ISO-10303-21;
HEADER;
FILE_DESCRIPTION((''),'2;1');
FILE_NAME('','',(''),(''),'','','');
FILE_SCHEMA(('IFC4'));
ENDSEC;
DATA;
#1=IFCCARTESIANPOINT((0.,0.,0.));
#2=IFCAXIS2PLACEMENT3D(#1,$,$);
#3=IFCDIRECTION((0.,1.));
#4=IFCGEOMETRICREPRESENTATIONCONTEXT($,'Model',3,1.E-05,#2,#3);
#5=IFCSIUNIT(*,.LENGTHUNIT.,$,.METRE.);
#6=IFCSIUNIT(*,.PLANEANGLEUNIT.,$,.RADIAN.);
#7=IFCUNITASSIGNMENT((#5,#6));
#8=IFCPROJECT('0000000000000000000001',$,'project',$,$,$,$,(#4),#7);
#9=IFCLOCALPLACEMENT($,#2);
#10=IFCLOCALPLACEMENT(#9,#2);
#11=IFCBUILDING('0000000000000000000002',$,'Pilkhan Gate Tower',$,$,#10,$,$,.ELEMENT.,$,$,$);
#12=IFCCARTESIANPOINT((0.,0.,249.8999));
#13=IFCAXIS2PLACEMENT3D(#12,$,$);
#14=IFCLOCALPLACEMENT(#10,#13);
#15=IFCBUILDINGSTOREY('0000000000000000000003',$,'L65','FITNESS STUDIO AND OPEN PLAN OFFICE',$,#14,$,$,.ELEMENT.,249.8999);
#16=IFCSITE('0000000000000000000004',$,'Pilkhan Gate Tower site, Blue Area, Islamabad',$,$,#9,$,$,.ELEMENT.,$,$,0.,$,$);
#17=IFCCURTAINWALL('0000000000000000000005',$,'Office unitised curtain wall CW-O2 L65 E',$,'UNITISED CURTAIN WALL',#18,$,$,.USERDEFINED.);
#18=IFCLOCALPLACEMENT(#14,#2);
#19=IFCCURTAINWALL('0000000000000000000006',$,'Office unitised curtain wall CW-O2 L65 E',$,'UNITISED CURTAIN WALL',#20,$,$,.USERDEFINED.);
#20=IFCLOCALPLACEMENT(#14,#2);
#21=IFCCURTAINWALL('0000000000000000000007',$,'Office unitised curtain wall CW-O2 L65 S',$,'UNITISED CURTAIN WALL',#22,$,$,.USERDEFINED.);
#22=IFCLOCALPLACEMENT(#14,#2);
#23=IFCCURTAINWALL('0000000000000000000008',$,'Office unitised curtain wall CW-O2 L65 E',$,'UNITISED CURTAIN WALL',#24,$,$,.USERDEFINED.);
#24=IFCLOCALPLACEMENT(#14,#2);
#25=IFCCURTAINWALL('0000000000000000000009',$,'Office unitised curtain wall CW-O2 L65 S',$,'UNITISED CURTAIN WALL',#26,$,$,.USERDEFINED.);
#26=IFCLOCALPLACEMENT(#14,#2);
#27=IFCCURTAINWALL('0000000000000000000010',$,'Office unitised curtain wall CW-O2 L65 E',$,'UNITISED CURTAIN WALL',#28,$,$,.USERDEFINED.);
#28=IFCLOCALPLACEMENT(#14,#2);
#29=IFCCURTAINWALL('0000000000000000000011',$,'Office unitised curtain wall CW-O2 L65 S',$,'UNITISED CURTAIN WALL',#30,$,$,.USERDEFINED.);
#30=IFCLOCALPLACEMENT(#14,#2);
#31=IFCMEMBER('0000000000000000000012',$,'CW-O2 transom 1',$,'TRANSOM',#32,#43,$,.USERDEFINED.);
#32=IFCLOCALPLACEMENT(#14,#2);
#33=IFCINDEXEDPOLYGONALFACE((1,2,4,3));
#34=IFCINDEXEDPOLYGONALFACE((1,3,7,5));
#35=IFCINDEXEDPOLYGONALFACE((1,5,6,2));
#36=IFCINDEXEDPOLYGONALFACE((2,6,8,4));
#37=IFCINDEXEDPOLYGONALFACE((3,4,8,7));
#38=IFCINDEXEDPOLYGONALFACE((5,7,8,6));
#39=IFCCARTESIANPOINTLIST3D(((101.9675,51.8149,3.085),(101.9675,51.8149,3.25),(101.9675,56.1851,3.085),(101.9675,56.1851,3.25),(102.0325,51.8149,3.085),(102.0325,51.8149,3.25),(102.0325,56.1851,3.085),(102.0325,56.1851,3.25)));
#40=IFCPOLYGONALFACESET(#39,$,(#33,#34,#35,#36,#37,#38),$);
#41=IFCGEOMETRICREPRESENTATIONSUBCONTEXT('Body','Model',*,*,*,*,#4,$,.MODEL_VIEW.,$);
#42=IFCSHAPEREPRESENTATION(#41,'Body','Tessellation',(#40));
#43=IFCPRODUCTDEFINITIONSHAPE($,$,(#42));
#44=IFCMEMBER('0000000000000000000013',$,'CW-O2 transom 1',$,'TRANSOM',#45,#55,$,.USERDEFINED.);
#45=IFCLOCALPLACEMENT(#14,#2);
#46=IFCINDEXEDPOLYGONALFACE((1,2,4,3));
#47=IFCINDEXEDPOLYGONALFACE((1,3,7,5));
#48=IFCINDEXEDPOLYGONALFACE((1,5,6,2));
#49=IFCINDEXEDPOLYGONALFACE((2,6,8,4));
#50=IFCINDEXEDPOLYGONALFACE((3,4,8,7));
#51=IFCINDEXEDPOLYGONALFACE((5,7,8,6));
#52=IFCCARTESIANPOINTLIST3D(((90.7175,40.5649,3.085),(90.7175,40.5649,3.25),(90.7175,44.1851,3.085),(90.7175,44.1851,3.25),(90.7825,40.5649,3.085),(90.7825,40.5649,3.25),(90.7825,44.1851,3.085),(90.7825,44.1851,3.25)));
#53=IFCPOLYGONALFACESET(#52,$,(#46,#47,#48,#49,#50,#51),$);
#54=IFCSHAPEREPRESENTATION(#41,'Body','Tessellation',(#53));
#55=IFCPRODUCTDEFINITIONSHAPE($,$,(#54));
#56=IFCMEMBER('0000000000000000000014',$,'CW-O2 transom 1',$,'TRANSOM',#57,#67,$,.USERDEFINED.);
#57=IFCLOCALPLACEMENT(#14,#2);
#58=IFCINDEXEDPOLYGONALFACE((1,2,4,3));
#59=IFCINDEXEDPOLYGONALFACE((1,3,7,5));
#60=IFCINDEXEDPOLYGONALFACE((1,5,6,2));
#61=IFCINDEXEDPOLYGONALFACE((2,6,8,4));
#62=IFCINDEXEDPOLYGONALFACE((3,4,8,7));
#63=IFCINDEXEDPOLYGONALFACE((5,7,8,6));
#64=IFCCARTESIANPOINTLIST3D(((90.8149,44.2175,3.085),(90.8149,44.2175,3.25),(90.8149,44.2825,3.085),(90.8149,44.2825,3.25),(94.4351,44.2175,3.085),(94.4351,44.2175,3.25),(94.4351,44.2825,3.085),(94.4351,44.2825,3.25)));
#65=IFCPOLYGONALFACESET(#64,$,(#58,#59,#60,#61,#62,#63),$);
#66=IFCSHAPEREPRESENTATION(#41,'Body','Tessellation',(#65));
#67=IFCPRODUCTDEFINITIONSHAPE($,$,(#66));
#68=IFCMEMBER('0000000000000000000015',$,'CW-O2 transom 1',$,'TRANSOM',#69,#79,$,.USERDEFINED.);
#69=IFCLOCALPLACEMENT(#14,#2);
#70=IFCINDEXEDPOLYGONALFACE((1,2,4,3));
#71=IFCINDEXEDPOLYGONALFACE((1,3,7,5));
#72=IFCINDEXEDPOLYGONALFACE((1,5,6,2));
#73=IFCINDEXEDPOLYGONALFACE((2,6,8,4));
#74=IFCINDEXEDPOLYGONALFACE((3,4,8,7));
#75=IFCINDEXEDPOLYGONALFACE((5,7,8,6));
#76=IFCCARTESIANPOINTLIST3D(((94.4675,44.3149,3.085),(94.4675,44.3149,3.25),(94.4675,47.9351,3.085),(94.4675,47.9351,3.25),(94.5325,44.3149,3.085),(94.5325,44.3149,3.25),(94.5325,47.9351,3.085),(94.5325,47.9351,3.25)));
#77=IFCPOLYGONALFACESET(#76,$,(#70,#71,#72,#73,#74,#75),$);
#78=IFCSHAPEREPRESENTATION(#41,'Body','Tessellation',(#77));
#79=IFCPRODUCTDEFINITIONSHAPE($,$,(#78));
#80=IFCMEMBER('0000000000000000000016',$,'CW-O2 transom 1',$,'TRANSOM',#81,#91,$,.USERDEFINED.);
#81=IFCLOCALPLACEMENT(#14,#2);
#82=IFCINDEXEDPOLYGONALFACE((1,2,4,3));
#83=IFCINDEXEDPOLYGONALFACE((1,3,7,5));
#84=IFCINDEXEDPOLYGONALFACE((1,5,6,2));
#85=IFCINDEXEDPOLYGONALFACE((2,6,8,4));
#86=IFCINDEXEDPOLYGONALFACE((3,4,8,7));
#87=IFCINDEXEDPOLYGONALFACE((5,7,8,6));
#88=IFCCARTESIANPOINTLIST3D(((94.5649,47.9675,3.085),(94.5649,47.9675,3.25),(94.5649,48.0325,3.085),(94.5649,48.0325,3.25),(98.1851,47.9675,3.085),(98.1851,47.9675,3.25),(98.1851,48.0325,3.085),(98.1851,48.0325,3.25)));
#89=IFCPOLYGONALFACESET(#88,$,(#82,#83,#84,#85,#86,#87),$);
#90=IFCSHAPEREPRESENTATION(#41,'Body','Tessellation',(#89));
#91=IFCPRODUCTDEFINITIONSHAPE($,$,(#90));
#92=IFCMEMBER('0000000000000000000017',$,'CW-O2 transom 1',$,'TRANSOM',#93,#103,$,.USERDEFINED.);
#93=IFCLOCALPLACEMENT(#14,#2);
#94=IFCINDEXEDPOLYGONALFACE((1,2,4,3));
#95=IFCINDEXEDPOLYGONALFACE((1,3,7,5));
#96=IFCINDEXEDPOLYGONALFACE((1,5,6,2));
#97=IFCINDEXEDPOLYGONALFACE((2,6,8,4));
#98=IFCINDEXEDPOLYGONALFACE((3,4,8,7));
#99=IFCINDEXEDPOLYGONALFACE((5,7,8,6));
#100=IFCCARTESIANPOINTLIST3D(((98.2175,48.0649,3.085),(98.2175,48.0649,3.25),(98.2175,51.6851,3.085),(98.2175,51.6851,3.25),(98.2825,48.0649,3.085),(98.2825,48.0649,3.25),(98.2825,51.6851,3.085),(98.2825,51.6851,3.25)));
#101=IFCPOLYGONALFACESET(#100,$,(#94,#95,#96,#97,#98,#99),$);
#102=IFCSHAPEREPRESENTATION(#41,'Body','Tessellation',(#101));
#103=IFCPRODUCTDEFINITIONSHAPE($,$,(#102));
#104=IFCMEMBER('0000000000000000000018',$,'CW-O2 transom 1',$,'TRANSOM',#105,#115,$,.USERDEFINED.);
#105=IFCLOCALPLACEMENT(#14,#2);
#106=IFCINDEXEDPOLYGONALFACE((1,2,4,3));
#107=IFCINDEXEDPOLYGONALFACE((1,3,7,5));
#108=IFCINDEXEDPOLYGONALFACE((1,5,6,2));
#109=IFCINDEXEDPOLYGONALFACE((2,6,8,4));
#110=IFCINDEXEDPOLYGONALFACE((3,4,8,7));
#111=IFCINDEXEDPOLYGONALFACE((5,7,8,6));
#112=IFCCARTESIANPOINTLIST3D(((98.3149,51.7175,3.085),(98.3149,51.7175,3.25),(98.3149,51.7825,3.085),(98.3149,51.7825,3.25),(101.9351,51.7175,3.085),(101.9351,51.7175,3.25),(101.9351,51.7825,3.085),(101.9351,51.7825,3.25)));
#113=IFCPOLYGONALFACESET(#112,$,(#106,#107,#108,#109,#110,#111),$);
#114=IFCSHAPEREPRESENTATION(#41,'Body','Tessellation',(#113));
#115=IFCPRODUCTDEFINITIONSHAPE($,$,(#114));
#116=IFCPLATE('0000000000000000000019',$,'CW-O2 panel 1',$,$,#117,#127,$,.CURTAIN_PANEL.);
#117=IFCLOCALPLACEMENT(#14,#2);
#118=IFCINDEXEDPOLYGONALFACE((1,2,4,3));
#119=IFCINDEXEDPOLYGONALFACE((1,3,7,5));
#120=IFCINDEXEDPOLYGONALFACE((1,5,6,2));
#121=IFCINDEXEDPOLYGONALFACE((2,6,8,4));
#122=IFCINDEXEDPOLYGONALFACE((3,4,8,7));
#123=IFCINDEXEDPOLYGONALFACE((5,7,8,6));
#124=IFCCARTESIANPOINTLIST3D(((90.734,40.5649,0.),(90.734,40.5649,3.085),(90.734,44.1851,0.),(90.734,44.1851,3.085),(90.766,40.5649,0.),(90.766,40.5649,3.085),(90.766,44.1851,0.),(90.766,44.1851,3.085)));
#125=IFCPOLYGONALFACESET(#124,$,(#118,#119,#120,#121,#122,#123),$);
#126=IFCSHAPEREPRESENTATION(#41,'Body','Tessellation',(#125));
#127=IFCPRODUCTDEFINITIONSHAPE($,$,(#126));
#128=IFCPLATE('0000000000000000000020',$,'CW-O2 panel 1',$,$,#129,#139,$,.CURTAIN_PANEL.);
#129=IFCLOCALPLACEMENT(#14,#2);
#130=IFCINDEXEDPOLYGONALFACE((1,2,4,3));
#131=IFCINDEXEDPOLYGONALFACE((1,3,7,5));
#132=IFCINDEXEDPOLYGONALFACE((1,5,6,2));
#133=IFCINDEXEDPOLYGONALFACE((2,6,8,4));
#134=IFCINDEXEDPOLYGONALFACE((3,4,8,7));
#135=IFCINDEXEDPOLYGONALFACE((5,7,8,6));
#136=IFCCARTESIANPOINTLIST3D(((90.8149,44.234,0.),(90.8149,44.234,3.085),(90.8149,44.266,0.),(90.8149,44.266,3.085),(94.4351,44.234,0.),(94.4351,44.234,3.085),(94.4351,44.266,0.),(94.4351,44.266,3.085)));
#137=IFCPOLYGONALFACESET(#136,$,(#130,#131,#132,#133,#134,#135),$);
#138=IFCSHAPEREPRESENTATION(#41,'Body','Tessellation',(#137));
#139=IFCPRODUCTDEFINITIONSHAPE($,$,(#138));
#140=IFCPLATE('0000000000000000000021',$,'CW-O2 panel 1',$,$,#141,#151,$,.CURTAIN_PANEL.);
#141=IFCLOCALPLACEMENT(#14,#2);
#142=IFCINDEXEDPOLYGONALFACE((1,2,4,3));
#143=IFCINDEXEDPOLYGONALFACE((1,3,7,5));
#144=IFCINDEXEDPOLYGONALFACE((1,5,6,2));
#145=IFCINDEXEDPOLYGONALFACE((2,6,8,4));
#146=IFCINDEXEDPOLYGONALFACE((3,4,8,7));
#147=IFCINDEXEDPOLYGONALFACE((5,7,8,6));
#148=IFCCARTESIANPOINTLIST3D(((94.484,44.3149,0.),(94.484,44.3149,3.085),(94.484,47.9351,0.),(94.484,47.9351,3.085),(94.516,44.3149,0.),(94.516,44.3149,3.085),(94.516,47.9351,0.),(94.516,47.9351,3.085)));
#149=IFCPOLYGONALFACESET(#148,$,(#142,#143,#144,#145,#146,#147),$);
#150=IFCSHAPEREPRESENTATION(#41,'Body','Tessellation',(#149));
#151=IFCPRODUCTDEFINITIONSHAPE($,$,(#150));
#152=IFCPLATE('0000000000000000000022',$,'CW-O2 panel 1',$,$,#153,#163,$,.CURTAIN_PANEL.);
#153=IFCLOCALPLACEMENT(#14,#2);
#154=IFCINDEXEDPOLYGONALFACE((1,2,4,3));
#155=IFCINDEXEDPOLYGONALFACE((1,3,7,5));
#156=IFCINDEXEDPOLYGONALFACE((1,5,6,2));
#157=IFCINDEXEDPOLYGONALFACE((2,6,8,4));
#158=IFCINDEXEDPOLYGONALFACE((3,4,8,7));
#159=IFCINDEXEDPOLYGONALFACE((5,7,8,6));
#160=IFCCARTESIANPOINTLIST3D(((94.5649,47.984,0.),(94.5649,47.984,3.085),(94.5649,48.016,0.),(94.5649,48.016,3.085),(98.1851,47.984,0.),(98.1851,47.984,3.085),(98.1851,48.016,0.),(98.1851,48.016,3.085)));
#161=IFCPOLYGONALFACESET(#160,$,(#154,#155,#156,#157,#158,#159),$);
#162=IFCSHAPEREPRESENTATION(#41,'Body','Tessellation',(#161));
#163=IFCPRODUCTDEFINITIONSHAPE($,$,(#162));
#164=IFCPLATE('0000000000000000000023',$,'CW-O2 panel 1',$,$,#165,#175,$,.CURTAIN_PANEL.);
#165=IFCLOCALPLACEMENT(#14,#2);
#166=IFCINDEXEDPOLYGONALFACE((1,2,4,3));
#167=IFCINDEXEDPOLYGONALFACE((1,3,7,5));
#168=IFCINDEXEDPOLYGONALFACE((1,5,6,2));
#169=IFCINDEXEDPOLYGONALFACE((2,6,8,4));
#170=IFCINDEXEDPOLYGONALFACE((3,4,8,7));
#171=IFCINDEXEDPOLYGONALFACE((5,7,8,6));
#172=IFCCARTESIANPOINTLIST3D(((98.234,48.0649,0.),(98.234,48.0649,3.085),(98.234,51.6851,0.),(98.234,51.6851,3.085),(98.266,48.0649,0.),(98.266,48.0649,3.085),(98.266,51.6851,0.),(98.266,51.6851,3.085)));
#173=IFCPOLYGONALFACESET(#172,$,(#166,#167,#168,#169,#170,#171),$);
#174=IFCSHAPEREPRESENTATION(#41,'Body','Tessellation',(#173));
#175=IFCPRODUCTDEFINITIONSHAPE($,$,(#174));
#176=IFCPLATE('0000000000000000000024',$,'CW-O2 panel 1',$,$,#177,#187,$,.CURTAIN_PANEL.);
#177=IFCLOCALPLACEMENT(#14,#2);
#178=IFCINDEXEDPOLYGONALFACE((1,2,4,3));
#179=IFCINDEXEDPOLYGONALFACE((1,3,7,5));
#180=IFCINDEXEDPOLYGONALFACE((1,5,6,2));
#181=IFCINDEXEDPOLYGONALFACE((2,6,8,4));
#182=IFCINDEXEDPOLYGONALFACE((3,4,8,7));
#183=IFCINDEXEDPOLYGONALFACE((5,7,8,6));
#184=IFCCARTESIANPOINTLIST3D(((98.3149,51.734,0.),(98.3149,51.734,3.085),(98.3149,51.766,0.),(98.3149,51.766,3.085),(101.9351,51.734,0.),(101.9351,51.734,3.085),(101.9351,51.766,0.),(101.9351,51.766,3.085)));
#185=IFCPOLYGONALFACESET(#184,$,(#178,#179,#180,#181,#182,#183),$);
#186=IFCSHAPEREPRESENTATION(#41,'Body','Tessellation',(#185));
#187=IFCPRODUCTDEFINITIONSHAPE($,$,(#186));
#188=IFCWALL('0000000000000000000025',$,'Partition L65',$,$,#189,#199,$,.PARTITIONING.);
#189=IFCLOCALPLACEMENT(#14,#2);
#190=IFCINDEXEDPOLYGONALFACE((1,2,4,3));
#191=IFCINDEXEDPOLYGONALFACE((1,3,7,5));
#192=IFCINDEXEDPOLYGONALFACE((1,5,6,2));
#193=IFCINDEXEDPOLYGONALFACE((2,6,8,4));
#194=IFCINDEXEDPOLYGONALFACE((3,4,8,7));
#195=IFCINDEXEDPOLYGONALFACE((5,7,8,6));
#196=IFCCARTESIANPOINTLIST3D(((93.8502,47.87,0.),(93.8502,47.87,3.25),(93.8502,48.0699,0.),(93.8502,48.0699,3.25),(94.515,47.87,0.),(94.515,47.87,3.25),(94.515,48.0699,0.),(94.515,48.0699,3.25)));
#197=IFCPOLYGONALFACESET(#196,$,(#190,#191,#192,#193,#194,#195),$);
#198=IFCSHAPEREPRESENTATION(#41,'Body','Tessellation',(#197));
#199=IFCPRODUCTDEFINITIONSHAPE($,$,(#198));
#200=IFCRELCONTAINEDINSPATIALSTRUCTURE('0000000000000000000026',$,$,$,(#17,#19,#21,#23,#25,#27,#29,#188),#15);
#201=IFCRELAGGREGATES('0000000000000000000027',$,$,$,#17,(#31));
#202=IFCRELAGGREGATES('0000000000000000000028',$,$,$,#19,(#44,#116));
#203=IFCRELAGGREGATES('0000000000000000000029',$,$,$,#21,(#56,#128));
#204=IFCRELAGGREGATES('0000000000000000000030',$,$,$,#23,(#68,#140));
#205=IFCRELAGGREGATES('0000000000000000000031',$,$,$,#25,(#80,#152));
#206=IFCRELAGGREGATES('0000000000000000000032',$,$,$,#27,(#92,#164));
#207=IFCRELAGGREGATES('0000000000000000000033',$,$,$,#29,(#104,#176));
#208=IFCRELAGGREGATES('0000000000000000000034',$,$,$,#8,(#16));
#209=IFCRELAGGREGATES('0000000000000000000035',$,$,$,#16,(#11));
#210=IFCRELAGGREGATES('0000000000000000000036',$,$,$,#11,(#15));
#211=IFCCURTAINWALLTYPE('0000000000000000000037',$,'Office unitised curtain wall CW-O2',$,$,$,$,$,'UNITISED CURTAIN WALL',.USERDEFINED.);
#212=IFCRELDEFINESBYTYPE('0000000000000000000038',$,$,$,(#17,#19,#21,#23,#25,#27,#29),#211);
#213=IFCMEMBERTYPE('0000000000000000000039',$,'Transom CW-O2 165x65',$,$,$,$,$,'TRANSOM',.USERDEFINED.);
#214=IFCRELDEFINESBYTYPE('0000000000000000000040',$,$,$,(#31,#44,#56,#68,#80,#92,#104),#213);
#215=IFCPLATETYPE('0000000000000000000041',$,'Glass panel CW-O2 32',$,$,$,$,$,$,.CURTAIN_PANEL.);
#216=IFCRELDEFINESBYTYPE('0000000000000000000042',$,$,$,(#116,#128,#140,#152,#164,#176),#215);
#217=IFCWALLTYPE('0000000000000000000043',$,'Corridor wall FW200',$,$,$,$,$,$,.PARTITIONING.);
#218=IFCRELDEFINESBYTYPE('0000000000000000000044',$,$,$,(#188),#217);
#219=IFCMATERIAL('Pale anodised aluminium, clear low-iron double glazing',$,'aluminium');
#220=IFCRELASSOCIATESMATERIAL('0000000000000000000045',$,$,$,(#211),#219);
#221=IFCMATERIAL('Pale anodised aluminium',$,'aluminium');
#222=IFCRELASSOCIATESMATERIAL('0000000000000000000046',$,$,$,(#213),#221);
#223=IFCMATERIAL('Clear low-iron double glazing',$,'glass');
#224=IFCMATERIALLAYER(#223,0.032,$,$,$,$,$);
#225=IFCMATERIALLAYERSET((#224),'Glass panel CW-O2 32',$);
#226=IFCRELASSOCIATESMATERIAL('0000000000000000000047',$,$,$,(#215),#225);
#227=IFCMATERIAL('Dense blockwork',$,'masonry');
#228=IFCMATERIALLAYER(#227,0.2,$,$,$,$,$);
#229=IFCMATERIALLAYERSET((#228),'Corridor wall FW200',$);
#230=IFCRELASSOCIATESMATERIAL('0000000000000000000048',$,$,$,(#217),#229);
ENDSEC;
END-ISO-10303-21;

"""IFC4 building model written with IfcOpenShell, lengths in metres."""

from ifc_helpers import new_model, si_unit, direction, frame, frame_2d, origin, origin_2d, place, context, subcontext, project, spatial, rectangle, extrude, material, layer, layer_set, material_profile, profile_set, type_object, element, aggregate, save


model = new_model("IFC4")

# Units and contexts
model_context = context("Model", 3, precision=1e-05, world=origin(), true_north=direction((0.0, 1.0)))
body_context = subcontext(model_context, "Body", "Model", "MODEL_VIEW")
ifc_project = project(units=[si_unit("LENGTHUNIT", "METRE"), si_unit("PLANEANGLEUNIT", "RADIAN")], contexts=[model_context])

# Site, building, storey
site_placement = place(None, origin())
site = spatial("IfcSite", under=ifc_project, at=site_placement, Name="Pilkhan Gate Tower site, Blue Area, Islamabad", CompositionType="ELEMENT", RefElevation=0.0)
building_placement = place(site_placement, origin())
building = spatial("IfcBuilding", under=site, at=building_placement, Name="Pilkhan Gate Tower", CompositionType="ELEMENT")
storey_placement = place(building_placement, frame((0.0, 0.0, 249.8999)))
storey = spatial("IfcBuildingStorey", under=building, at=storey_placement, Name="L65", Description="FITNESS STUDIO AND OPEN PLAN OFFICE", CompositionType="ELEMENT", Elevation=249.8999)

# Curtain walls
ifc_material_1 = material(Name="Pale anodised aluminium, clear low-iron double glazing", Category="aluminium")
curtain_wall_type = type_object("IfcCurtainWallType", Name="Office unitised curtain wall CW-O2", ElementType="UNITISED CURTAIN WALL", PredefinedType="USERDEFINED", material=ifc_material_1)
curtain_wall_1_placement = place(storey_placement, origin())
curtain_wall_1 = element("IfcCurtainWall", 1, at=curtain_wall_1_placement, inside=storey, type_object=curtain_wall_type, Name="Office unitised curtain wall CW-O2 L65 E", ObjectType="UNITISED CURTAIN WALL", PredefinedType="USERDEFINED")
ifc_material_2 = material(Name="Pale anodised aluminium", Category="aluminium")
curtain_wall_2_placement = place(storey_placement, origin())
curtain_wall_2 = element("IfcCurtainWall", 2, at=curtain_wall_2_placement, inside=storey, type_object=curtain_wall_type, Name="Office unitised curtain wall CW-O2 L65 E", ObjectType="UNITISED CURTAIN WALL", PredefinedType="USERDEFINED")

# Curtain walls
curtain_wall_3_placement = place(storey_placement, origin())
curtain_wall_3 = element("IfcCurtainWall", 3, at=curtain_wall_3_placement, inside=storey, type_object=curtain_wall_type, Name="Office unitised curtain wall CW-O2 L65 S", ObjectType="UNITISED CURTAIN WALL", PredefinedType="USERDEFINED")
curtain_wall_4_placement = place(storey_placement, origin())
curtain_wall_4 = element("IfcCurtainWall", 4, at=curtain_wall_4_placement, inside=storey, type_object=curtain_wall_type, Name="Office unitised curtain wall CW-O2 L65 E", ObjectType="UNITISED CURTAIN WALL", PredefinedType="USERDEFINED")
curtain_wall_5_placement = place(storey_placement, origin())
curtain_wall_5 = element("IfcCurtainWall", 5, at=curtain_wall_5_placement, inside=storey, type_object=curtain_wall_type, Name="Office unitised curtain wall CW-O2 L65 S", ObjectType="UNITISED CURTAIN WALL", PredefinedType="USERDEFINED")
curtain_wall_6_placement = place(storey_placement, origin())
curtain_wall_6 = element("IfcCurtainWall", 6, at=curtain_wall_6_placement, inside=storey, type_object=curtain_wall_type, Name="Office unitised curtain wall CW-O2 L65 E", ObjectType="UNITISED CURTAIN WALL", PredefinedType="USERDEFINED")
curtain_wall_7_placement = place(storey_placement, origin())
curtain_wall_7 = element("IfcCurtainWall", 7, at=curtain_wall_7_placement, inside=storey, type_object=curtain_wall_type, Name="Office unitised curtain wall CW-O2 L65 S", ObjectType="UNITISED CURTAIN WALL", PredefinedType="USERDEFINED")

# Members
ifc_material_profile_1 = material_profile(ifc_material_2, rectangle(XDim=0.0649, YDim=0.165, at=origin_2d()), Name="Transom 165x65")
ifc_profile_set_1 = profile_set([ifc_material_profile_1], Name="Pale anodised aluminium")
member_type_1 = type_object("IfcMemberType", Name="Transom CW-O2 165x65", ElementType="TRANSOM", PredefinedType="USERDEFINED", material=ifc_profile_set_1)
member_1_placement = place(storey_placement, frame((102.0, 51.8149, 3.1675), z_axis=(0.0, 1.0, 0.0), x_axis=(-1.0, 0.0, 0.0)))
member_1 = element("IfcMember", 8, at=member_1_placement, type_object=member_type_1, Name="CW-O2 transom 1", ObjectType="TRANSOM", PredefinedType="USERDEFINED", context=body_context, shape_type="SweptSolid", body=[
    extrude(rectangle(XDim=0.0649, YDim=0.165, at=origin_2d()), origin(), (0.0, 0.0, 1.0), 4.3701),
])
aggregate(curtain_wall_1, [member_1])
member_2_placement = place(storey_placement, frame((90.75, 40.5649, 3.1675), z_axis=(0.0, 1.0, 0.0), x_axis=(-1.0, 0.0, 0.0)))
member_2 = element("IfcMember", 9, at=member_2_placement, type_object=member_type_1, Name="CW-O2 transom 1", ObjectType="TRANSOM", PredefinedType="USERDEFINED", context=body_context, shape_type="SweptSolid", body=[
    extrude(rectangle(XDim=0.0649, YDim=0.165, at=origin_2d()), origin(), (0.0, 0.0, 1.0), 3.6201),
])
member_3_placement = place(storey_placement, frame((90.8149, 44.25, 3.1675), z_axis=(1.0, 0.0, 0.0), x_axis=(0.0, 1.0, 0.0)))
member_3 = element("IfcMember", 10, at=member_3_placement, type_object=member_type_1, Name="CW-O2 transom 1", ObjectType="TRANSOM", PredefinedType="USERDEFINED", context=body_context, shape_type="SweptSolid", body=[
    extrude(rectangle(XDim=0.0649, YDim=0.165, at=origin_2d()), origin(), (0.0, 0.0, 1.0), 3.6201),
])
member_4_placement = place(storey_placement, frame((94.5, 44.3149, 3.1675), z_axis=(0.0, 1.0, 0.0), x_axis=(-1.0, 0.0, 0.0)))
member_4 = element("IfcMember", 11, at=member_4_placement, type_object=member_type_1, Name="CW-O2 transom 1", ObjectType="TRANSOM", PredefinedType="USERDEFINED", context=body_context, shape_type="SweptSolid", body=[
    extrude(rectangle(XDim=0.0649, YDim=0.165, at=origin_2d()), origin(), (0.0, 0.0, 1.0), 3.6201),
])
member_5_placement = place(storey_placement, frame((94.5649, 48.0, 3.1675), z_axis=(1.0, 0.0, 0.0), x_axis=(0.0, 1.0, 0.0)))
member_5 = element("IfcMember", 12, at=member_5_placement, type_object=member_type_1, Name="CW-O2 transom 1", ObjectType="TRANSOM", PredefinedType="USERDEFINED", context=body_context, shape_type="SweptSolid", body=[
    extrude(rectangle(XDim=0.0649, YDim=0.165, at=origin_2d()), origin(), (0.0, 0.0, 1.0), 3.6201),
])
member_6_placement = place(storey_placement, frame((98.25, 48.0649, 3.1675), z_axis=(0.0, 1.0, 0.0), x_axis=(-1.0, 0.0, 0.0)))
member_6 = element("IfcMember", 13, at=member_6_placement, type_object=member_type_1, Name="CW-O2 transom 1", ObjectType="TRANSOM", PredefinedType="USERDEFINED", context=body_context, shape_type="SweptSolid", body=[
    extrude(rectangle(XDim=0.0649, YDim=0.165, at=origin_2d()), origin(), (0.0, 0.0, 1.0), 3.6201),
])
member_7_placement = place(storey_placement, frame((98.3149, 51.75, 3.1675), z_axis=(1.0, 0.0, 0.0), x_axis=(0.0, 1.0, 0.0)))
member_7 = element("IfcMember", 14, at=member_7_placement, type_object=member_type_1, Name="CW-O2 transom 1", ObjectType="TRANSOM", PredefinedType="USERDEFINED", context=body_context, shape_type="SweptSolid", body=[
    extrude(rectangle(XDim=0.0649, YDim=0.165, at=origin_2d()), origin(), (0.0, 0.0, 1.0), 3.6201),
])

# Plates
ifc_material_3 = material(Name="Clear low-iron double glazing", Category="glass")
ifc_layer_1 = layer(ifc_material_3, 0.032)
ifc_layer_set_1 = layer_set([ifc_layer_1], Name="Glass panel CW-O2 32")
plate_type = type_object("IfcPlateType", Name="Glass panel CW-O2 32", PredefinedType="CURTAIN_PANEL", material=ifc_layer_set_1)
plate_1_placement = place(storey_placement, frame((90.75, 42.375, 0.0), z_axis=(0.0, 0.0, 1.0), x_axis=(0.0, 1.0, 0.0)))
plate_1 = element("IfcPlate", 15, at=plate_1_placement, type_object=plate_type, Name="CW-O2 panel 1", PredefinedType="CURTAIN_PANEL", context=body_context, shape_type="SweptSolid", body=[
    extrude(rectangle(XDim=3.6201, YDim=0.032, at=origin_2d()), origin(), (0.0, 0.0, 1.0), 3.085),
])
aggregate(curtain_wall_2, [member_2, plate_1])
plate_2_placement = place(storey_placement, frame((92.625, 44.25, 0.0), z_axis=(0.0, 0.0, 1.0), x_axis=(1.0, 0.0, 0.0)))
plate_2 = element("IfcPlate", 16, at=plate_2_placement, type_object=plate_type, Name="CW-O2 panel 1", PredefinedType="CURTAIN_PANEL", context=body_context, shape_type="SweptSolid", body=[
    extrude(rectangle(XDim=3.6201, YDim=0.032, at=origin_2d()), origin(), (0.0, 0.0, 1.0), 3.085),
])
aggregate(curtain_wall_3, [member_3, plate_2])
plate_3_placement = place(storey_placement, frame((94.5, 46.125, 0.0), z_axis=(0.0, 0.0, 1.0), x_axis=(0.0, 1.0, 0.0)))
plate_3 = element("IfcPlate", 17, at=plate_3_placement, type_object=plate_type, Name="CW-O2 panel 1", PredefinedType="CURTAIN_PANEL", context=body_context, shape_type="SweptSolid", body=[
    extrude(rectangle(XDim=3.6201, YDim=0.032, at=origin_2d()), origin(), (0.0, 0.0, 1.0), 3.085),
])
aggregate(curtain_wall_4, [member_4, plate_3])
plate_4_placement = place(storey_placement, frame((96.375, 48.0, 0.0), z_axis=(0.0, 0.0, 1.0), x_axis=(1.0, 0.0, 0.0)))
plate_4 = element("IfcPlate", 18, at=plate_4_placement, type_object=plate_type, Name="CW-O2 panel 1", PredefinedType="CURTAIN_PANEL", context=body_context, shape_type="SweptSolid", body=[
    extrude(rectangle(XDim=3.6201, YDim=0.032, at=origin_2d()), origin(), (0.0, 0.0, 1.0), 3.085),
])
aggregate(curtain_wall_5, [member_5, plate_4])
plate_5_placement = place(storey_placement, frame((98.25, 49.875, 0.0), z_axis=(0.0, 0.0, 1.0), x_axis=(0.0, 1.0, 0.0)))
plate_5 = element("IfcPlate", 19, at=plate_5_placement, type_object=plate_type, Name="CW-O2 panel 1", PredefinedType="CURTAIN_PANEL", context=body_context, shape_type="SweptSolid", body=[
    extrude(rectangle(XDim=3.6201, YDim=0.032, at=origin_2d()), origin(), (0.0, 0.0, 1.0), 3.085),
])
aggregate(curtain_wall_6, [member_6, plate_5])
plate_6_placement = place(storey_placement, frame((100.125, 51.75, 0.0), z_axis=(0.0, 0.0, 1.0), x_axis=(1.0, 0.0, 0.0)))
plate_6 = element("IfcPlate", 20, at=plate_6_placement, type_object=plate_type, Name="CW-O2 panel 1", PredefinedType="CURTAIN_PANEL", context=body_context, shape_type="SweptSolid", body=[
    extrude(rectangle(XDim=3.6201, YDim=0.032, at=origin_2d()), origin(), (0.0, 0.0, 1.0), 3.085),
])
aggregate(curtain_wall_7, [member_7, plate_6])

# Wall
ifc_material_4 = material(Name="Dense blockwork", Category="masonry")
ifc_layer_2 = layer(ifc_material_4, 0.2)
ifc_layer_set_2 = layer_set([ifc_layer_2], Name="Corridor wall FW200")
wall_type = type_object("IfcWallType", Name="Corridor wall FW200", PredefinedType="PARTITIONING", material=ifc_layer_set_2)
wall_1_placement = place(storey_placement, frame((93.8501, 47.97, 0.0), z_axis=(0.0, 0.0, 1.0), x_axis=(1.0, 0.0, 0.0)))
element("IfcWall", 21, at=wall_1_placement, inside=storey, type_object=wall_type, Name="Partition L65", PredefinedType="PARTITIONING", context=body_context, shape_type="SweptSolid", body=[
    extrude(rectangle(XDim=0.6648, YDim=0.2, at=frame_2d((0.3325, 0.0))), origin(), (0.0, 0.0, 1.0), 3.25),
])

save(model, "model.ifc")
